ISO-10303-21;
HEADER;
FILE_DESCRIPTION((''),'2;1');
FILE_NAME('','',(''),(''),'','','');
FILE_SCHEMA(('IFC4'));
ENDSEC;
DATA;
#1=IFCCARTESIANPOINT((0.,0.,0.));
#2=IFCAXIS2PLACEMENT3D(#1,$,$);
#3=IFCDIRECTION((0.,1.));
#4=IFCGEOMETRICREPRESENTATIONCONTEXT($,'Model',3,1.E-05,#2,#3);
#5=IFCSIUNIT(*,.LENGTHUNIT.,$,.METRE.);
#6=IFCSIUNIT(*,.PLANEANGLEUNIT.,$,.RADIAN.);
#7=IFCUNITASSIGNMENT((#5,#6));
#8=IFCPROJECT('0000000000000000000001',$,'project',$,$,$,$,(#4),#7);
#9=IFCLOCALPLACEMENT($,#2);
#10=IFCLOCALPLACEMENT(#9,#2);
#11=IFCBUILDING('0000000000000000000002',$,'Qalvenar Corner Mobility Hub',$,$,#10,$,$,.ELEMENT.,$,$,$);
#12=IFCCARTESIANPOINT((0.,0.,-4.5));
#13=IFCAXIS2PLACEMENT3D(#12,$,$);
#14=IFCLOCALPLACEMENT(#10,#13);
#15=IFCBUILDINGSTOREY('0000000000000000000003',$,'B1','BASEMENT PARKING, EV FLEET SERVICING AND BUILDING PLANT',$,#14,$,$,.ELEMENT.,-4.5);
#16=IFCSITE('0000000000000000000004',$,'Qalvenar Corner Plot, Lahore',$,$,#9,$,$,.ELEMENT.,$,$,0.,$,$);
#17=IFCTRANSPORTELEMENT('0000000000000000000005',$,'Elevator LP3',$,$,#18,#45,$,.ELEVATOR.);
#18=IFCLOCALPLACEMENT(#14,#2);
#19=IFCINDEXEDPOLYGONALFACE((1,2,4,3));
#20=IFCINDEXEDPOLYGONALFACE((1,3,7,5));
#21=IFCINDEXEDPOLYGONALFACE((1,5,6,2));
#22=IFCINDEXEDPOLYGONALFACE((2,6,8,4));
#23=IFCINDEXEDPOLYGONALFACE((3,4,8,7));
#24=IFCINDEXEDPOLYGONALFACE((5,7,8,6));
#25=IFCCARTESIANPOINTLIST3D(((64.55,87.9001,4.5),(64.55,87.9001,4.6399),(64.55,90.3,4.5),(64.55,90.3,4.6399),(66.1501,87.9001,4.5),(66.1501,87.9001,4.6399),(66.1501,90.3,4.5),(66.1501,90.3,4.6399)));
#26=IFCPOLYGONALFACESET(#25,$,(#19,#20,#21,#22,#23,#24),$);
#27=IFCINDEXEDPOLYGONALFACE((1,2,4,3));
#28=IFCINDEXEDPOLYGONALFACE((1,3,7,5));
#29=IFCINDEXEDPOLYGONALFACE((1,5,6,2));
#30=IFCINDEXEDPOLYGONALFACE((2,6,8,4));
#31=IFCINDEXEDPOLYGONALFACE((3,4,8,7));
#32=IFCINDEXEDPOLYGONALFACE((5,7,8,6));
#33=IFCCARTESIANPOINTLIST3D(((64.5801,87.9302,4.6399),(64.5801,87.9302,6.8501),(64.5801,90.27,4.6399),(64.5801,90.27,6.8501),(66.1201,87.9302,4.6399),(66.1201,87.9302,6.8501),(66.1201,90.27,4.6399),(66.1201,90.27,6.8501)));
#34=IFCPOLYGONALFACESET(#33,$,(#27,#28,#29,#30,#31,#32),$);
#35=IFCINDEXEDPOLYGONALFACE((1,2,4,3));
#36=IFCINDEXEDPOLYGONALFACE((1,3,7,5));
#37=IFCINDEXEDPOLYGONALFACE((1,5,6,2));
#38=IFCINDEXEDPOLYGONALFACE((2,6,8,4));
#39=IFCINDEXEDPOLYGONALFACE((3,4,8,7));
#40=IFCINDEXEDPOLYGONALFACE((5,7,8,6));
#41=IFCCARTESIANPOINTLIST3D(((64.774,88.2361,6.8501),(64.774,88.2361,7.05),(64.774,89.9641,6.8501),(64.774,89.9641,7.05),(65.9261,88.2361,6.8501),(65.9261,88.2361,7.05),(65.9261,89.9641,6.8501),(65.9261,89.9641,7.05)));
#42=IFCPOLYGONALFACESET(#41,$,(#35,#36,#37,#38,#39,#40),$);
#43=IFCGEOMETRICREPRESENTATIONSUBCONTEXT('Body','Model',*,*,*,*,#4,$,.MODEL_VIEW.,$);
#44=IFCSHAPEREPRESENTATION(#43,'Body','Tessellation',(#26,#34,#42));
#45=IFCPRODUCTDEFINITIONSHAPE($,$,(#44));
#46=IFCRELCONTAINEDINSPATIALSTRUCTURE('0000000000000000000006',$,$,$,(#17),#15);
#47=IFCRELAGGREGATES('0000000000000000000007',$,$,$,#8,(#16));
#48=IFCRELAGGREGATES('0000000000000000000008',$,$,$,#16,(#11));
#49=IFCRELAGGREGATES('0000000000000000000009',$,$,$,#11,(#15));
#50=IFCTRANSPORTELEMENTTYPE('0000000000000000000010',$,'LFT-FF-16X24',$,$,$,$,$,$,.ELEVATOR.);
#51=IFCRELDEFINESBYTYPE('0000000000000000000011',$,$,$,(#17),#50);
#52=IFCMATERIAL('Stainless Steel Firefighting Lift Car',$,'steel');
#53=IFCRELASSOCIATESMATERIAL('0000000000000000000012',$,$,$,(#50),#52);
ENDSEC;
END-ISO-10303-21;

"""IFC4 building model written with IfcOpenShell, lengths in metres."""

from ifc_helpers import new_model, si_unit, direction, frame, origin, origin_2d, place, context, subcontext, project, spatial, rectangle, extrude, material, type_object, element, save


model = new_model("IFC4")

# Units and contexts
model_context = context("Model", 3, precision=1e-05, world=origin(), true_north=direction((0.0, 1.0)))
body_context = subcontext(model_context, "Body", "Model", "MODEL_VIEW")
ifc_project = project(units=[si_unit("LENGTHUNIT", "METRE"), si_unit("PLANEANGLEUNIT", "RADIAN")], contexts=[model_context])

# Site, building, storey
site_placement = place(None, origin())
site = spatial("IfcSite", under=ifc_project, at=site_placement, Name="Qalvenar Corner Plot, Lahore", CompositionType="ELEMENT", RefElevation=0.0)
building_placement = place(site_placement, origin())
building = spatial("IfcBuilding", under=site, at=building_placement, Name="Qalvenar Corner Mobility Hub", CompositionType="ELEMENT")
storey_placement = place(building_placement, frame((0.0, 0.0, -4.5)))
storey = spatial("IfcBuildingStorey", under=building, at=storey_placement, Name="B1", Description="BASEMENT PARKING, EV FLEET SERVICING AND BUILDING PLANT", CompositionType="ELEMENT", Elevation=-4.5)

# Transport element
ifc_material_1 = material(Name="Stainless Steel Firefighting Lift Car", Category="steel")
transport_element_type = type_object("IfcTransportElementType", Name="LFT-FF-16X24", PredefinedType="ELEVATOR", material=ifc_material_1)
for number, where, name in (
    (1, (65.3501, 89.1001, 4.5), "Elevator LP3"),
):
    element("IfcTransportElement", number, at=place(storey_placement, frame(where)), inside=storey, type_object=transport_element_type, Name=name, PredefinedType="ELEVATOR", context=body_context, shape_type="SweptSolid", body=[
        extrude(rectangle(XDim=1.6001, YDim=2.3999, at=origin_2d()), origin(), (0.0, 0.0, 1.0), 0.1399),
        extrude(rectangle(XDim=1.54, YDim=2.3398, at=origin_2d()), frame((0.0, 0.0, 0.1399)), (0.0, 0.0, 1.0), 2.2102),
        extrude(rectangle(XDim=1.1521, YDim=1.728, at=origin_2d()), frame((0.0, 0.0, 2.3501)), (0.0, 0.0, 1.0), 0.2),
    ])

save(model, "model.ifc")
